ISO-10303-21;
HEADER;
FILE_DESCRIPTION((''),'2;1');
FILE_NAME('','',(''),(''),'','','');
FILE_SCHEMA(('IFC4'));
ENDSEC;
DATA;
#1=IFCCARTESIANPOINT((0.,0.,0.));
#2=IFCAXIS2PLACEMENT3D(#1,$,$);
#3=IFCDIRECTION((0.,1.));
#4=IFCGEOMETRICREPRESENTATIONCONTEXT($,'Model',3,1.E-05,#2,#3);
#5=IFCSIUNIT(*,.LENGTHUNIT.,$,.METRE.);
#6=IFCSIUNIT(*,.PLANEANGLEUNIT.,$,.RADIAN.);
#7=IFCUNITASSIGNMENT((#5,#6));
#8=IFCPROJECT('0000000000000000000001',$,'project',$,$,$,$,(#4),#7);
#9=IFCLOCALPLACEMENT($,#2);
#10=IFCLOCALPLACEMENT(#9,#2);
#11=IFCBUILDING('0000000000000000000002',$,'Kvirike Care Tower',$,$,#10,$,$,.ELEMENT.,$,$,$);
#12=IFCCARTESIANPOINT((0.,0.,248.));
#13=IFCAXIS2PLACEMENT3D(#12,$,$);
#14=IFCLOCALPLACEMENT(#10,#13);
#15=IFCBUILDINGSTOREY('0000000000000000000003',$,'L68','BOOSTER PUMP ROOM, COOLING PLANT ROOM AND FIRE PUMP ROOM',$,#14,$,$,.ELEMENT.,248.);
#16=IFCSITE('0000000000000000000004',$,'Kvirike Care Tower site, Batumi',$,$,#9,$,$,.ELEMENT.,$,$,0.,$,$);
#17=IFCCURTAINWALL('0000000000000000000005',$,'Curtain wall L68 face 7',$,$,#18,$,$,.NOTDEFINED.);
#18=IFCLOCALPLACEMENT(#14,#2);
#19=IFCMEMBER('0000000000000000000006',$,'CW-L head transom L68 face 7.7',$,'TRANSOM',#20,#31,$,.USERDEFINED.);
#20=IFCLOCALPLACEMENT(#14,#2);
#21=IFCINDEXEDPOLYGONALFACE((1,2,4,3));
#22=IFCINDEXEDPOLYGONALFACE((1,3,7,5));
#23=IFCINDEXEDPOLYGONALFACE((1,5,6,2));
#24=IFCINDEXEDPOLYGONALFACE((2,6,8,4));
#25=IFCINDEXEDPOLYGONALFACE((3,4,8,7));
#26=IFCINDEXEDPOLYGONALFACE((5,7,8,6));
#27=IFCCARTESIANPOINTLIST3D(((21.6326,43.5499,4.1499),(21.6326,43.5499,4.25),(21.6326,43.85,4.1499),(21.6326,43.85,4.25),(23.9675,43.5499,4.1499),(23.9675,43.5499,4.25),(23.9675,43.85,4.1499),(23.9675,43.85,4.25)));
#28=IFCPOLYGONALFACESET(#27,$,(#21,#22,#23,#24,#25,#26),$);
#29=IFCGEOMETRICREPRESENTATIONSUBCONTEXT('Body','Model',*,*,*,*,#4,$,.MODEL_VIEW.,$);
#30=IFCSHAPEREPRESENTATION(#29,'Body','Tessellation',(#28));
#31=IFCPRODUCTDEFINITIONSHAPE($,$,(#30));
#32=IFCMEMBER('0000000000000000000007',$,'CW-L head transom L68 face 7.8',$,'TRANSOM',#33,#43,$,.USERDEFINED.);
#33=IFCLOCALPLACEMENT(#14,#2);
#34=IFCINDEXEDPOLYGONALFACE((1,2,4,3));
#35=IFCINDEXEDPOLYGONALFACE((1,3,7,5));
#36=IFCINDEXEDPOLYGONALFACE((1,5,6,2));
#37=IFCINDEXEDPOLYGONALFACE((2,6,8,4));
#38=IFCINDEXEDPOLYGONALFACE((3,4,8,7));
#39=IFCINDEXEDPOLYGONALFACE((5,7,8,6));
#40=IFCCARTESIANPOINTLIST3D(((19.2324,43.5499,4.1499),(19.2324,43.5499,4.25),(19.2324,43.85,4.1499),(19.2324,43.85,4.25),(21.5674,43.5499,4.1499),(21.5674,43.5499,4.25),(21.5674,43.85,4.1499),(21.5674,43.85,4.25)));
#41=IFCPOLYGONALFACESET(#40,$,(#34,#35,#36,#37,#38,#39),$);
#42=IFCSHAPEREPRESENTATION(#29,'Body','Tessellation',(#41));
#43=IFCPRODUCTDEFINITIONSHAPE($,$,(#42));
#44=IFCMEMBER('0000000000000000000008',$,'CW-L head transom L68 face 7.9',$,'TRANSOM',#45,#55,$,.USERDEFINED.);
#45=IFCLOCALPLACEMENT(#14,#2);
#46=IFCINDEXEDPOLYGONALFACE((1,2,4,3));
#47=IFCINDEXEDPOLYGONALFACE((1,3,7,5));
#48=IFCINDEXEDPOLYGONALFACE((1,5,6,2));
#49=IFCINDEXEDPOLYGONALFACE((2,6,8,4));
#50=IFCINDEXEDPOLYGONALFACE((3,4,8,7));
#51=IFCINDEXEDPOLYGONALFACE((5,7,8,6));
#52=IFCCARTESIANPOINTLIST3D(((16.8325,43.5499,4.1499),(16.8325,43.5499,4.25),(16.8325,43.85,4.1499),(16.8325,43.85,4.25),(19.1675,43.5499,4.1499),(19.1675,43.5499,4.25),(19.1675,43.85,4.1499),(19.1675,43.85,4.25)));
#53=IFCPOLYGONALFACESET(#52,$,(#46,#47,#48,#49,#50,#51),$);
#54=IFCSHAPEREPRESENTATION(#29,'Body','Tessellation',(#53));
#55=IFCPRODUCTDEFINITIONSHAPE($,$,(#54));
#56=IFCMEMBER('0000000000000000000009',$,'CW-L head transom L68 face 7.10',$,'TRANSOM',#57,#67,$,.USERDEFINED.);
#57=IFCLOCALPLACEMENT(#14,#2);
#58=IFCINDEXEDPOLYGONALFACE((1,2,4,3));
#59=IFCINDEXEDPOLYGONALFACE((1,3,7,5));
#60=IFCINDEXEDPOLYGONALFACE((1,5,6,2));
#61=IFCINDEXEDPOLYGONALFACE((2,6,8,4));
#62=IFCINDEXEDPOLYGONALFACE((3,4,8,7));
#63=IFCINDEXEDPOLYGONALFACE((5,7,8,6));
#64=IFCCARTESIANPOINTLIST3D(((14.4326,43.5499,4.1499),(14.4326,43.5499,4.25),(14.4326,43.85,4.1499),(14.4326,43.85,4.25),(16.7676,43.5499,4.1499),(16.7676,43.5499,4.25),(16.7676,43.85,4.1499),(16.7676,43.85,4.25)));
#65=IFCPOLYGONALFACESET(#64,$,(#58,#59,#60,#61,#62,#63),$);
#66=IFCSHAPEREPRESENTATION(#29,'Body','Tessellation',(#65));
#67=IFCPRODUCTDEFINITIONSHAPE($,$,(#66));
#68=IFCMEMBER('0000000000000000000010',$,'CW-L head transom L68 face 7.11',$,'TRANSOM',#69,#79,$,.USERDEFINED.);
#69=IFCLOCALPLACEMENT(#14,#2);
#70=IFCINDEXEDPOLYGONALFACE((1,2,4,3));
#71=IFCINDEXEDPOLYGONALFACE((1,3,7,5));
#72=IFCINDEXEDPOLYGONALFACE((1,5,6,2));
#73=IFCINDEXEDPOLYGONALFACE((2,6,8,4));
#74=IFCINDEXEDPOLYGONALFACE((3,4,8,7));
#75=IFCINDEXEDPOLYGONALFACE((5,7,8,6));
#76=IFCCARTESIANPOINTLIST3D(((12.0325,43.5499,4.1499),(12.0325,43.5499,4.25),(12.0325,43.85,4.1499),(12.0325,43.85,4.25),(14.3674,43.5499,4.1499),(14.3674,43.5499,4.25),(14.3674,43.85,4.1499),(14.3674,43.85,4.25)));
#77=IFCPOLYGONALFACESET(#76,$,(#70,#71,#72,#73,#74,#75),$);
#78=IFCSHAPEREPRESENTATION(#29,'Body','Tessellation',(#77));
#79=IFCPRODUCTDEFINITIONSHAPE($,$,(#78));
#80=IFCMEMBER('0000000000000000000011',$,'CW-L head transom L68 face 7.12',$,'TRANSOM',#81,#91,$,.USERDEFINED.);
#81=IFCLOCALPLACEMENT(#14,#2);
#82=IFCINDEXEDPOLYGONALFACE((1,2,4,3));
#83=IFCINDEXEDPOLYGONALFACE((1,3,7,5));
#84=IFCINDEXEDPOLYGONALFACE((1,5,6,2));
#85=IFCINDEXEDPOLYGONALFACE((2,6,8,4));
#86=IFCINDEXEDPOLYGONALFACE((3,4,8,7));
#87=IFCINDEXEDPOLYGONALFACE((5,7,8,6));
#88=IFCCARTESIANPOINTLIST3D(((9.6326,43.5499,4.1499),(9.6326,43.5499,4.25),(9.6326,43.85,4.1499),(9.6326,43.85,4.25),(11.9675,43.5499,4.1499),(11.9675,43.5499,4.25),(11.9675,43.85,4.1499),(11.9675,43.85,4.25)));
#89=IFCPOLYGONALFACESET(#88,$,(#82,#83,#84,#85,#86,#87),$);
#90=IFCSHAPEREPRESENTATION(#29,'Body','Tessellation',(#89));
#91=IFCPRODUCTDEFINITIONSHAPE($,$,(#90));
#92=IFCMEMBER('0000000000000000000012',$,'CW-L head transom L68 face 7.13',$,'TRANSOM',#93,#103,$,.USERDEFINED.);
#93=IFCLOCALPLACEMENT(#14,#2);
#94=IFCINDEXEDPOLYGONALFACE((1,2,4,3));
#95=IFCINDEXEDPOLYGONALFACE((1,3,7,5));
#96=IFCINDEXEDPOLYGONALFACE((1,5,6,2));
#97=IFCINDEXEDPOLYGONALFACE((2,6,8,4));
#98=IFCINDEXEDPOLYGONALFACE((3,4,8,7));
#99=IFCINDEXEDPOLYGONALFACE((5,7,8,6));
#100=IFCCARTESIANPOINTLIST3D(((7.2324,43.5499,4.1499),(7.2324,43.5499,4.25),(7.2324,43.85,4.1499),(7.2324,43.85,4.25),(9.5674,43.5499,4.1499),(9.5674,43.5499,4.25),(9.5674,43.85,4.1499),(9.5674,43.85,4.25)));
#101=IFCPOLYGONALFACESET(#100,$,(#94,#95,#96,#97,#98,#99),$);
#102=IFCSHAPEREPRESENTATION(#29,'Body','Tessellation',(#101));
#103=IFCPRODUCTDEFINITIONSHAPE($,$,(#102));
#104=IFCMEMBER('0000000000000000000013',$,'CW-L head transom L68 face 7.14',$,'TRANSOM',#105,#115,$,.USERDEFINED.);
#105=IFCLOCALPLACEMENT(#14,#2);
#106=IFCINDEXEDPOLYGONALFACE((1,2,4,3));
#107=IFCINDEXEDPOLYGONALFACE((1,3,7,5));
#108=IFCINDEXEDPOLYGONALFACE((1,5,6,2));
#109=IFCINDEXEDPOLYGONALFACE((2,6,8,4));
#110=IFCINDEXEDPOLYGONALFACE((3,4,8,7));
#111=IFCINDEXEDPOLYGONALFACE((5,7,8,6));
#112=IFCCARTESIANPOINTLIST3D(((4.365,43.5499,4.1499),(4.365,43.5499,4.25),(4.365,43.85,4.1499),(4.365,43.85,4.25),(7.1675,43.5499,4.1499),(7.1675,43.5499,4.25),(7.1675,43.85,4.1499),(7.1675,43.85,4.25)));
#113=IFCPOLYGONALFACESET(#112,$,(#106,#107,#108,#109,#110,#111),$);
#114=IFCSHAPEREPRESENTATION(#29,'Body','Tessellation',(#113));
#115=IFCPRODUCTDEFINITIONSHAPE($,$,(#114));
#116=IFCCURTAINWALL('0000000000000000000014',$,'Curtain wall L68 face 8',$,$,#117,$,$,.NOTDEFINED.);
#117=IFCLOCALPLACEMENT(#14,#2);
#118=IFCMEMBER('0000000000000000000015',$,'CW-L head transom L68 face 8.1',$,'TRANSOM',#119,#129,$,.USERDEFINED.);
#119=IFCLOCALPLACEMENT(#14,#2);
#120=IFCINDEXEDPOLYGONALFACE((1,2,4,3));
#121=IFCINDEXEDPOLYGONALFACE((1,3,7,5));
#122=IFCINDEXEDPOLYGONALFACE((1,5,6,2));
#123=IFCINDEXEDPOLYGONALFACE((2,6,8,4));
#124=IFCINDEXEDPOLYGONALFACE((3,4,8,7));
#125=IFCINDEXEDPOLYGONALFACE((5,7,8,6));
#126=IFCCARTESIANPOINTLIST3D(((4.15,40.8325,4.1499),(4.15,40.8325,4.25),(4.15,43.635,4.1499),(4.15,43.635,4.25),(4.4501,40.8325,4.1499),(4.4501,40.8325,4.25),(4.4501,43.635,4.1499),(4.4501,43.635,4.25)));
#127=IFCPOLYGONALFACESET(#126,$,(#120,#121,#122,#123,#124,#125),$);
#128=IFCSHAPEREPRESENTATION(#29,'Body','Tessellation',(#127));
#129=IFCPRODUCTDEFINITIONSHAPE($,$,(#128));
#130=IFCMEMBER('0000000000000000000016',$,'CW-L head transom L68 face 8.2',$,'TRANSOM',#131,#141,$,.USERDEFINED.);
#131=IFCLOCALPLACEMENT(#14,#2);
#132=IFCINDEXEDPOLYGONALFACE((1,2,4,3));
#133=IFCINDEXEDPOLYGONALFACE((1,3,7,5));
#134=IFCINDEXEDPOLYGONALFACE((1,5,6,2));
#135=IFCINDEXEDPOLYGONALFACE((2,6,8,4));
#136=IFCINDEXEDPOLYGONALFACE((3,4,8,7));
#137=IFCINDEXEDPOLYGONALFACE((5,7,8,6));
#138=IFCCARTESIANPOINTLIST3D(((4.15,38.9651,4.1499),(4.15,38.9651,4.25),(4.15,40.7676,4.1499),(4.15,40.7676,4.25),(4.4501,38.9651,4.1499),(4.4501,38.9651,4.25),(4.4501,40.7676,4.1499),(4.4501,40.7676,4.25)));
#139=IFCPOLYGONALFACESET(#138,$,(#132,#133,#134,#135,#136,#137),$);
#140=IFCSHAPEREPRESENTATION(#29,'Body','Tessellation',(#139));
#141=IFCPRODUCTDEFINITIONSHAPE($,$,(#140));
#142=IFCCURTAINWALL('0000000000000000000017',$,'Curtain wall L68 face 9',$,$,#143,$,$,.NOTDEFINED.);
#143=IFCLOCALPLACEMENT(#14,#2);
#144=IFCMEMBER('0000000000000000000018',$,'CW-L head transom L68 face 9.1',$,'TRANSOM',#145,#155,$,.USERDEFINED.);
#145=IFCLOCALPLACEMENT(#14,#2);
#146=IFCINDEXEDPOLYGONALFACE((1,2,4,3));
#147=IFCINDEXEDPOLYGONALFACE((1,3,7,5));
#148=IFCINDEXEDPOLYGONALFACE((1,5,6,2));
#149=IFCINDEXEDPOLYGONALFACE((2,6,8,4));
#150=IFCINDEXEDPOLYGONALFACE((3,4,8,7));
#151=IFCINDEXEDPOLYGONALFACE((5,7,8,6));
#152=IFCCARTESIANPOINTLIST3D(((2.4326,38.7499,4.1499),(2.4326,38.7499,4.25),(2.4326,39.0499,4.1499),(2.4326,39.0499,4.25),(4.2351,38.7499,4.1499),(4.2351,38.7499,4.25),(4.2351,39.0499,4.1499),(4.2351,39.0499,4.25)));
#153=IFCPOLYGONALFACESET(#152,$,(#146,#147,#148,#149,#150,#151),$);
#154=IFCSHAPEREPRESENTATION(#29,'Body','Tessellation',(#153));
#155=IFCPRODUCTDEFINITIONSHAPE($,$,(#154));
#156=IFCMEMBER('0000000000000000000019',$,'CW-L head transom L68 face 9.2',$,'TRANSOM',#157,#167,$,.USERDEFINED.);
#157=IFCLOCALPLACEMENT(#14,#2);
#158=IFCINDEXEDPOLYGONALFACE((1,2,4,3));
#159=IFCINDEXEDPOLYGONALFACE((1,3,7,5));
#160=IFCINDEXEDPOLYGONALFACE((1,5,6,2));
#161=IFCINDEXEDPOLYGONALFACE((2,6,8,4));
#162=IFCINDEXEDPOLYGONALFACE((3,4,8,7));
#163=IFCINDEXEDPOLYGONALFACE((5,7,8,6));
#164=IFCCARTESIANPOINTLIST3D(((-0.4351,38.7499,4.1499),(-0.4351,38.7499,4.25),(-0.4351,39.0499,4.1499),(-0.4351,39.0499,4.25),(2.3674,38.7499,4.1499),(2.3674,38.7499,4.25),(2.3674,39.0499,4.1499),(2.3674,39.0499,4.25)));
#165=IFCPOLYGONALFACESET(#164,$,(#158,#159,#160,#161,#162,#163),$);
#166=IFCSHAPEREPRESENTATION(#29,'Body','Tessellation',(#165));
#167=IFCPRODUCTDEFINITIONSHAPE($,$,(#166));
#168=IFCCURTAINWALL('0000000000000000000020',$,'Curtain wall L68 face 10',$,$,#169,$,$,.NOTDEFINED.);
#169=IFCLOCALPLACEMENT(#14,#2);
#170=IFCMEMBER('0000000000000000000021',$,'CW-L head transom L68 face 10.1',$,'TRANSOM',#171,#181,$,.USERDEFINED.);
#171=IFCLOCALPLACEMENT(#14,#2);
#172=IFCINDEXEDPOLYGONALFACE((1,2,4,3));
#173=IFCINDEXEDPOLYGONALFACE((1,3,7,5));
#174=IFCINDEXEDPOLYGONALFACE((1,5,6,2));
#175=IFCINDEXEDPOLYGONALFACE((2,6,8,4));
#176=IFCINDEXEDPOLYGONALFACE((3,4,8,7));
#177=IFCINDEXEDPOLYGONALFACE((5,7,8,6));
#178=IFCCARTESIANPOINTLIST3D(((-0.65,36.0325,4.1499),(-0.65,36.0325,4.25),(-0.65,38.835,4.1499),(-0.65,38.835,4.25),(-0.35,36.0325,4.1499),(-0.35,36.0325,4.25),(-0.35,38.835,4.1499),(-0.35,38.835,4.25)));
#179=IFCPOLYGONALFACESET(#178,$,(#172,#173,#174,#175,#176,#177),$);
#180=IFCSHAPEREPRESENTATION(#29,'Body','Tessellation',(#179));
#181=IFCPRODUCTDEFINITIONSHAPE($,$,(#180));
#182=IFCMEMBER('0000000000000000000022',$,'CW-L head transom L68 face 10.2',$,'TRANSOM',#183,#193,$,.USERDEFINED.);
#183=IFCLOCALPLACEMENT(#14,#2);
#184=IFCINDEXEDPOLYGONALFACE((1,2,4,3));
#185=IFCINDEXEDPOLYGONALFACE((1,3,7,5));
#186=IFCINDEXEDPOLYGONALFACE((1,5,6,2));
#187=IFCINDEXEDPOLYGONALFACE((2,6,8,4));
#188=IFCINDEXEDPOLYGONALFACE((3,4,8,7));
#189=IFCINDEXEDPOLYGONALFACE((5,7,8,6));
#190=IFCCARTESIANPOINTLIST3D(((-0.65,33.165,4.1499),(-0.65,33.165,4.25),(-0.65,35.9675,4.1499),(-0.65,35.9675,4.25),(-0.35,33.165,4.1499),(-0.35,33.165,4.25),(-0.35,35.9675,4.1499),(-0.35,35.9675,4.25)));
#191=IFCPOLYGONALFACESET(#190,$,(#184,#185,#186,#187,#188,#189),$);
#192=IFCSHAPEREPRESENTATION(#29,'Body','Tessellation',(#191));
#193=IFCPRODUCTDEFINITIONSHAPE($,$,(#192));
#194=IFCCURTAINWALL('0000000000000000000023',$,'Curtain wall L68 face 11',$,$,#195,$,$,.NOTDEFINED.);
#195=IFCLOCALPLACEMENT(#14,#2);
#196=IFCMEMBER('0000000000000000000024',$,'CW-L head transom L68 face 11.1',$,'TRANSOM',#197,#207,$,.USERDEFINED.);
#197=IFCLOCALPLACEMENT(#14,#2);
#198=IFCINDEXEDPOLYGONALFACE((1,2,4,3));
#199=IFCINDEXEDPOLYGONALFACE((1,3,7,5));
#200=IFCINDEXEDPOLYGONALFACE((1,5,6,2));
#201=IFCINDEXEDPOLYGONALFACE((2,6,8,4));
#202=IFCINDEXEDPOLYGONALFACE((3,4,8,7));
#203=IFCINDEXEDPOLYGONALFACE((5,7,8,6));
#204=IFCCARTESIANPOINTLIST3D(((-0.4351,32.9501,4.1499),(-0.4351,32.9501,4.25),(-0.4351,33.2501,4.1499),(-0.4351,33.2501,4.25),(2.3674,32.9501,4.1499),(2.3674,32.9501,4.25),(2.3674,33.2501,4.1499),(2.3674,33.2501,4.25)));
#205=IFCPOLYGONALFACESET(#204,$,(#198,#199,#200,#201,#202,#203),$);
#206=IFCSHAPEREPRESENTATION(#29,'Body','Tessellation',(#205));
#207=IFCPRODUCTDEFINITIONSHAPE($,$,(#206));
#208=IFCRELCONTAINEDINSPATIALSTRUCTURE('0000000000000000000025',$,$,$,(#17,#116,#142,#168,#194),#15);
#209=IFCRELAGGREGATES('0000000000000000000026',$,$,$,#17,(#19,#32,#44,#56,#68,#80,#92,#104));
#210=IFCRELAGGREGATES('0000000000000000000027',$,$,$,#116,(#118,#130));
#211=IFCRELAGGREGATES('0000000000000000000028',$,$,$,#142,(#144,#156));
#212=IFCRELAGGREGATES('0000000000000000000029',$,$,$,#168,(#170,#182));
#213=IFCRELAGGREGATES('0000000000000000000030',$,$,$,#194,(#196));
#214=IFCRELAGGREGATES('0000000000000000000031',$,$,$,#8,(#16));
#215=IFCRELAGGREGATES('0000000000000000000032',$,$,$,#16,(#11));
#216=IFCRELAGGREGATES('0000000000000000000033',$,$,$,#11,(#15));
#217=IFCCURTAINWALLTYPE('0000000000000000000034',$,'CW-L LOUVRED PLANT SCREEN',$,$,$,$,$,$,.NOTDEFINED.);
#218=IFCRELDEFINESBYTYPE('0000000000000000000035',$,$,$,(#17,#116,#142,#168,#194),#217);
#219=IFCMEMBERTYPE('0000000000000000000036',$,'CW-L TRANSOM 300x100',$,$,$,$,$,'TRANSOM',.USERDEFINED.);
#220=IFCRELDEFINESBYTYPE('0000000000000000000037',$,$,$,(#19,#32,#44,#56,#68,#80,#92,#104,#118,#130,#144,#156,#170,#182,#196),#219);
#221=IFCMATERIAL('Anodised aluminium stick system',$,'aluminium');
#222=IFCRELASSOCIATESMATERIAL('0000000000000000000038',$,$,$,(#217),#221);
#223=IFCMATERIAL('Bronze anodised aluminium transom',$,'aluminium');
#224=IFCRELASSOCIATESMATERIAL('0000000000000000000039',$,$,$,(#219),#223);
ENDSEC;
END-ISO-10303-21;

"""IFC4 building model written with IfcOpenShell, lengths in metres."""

from ifc_helpers import new_model, si_unit, direction, frame, origin, origin_2d, place, context, subcontext, project, spatial, rectangle, extrude, material, material_profile, profile_set, type_object, element, aggregate, save


model = new_model("IFC4")

# Units and contexts
model_context = context("Model", 3, precision=1e-05, world=origin(), true_north=direction((0.0, 1.0)))
body_context = subcontext(model_context, "Body", "Model", "MODEL_VIEW")
ifc_project = project(units=[si_unit("LENGTHUNIT", "METRE"), si_unit("PLANEANGLEUNIT", "RADIAN")], contexts=[model_context])

# Site, building, storey
site_placement = place(None, origin())
site = spatial("IfcSite", under=ifc_project, at=site_placement, Name="Kvirike Care Tower site, Batumi", CompositionType="ELEMENT", RefElevation=0.0)
building_placement = place(site_placement, origin())
building = spatial("IfcBuilding", under=site, at=building_placement, Name="Kvirike Care Tower", CompositionType="ELEMENT")
storey_placement = place(building_placement, frame((0.0, 0.0, 248.0)))
storey = spatial("IfcBuildingStorey", under=building, at=storey_placement, Name="L68", Description="BOOSTER PUMP ROOM, COOLING PLANT ROOM AND FIRE PUMP ROOM", CompositionType="ELEMENT", Elevation=248.0)

# Curtain walls, members
ifc_material_1 = material(Name="Anodised aluminium stick system", Category="aluminium")
curtain_wall_type = type_object("IfcCurtainWallType", Name="CW-L LOUVRED PLANT SCREEN", PredefinedType="NOTDEFINED", material=ifc_material_1)
curtain_wall_1_placement = place(storey_placement, origin())
curtain_wall_1 = element("IfcCurtainWall", 1, at=curtain_wall_1_placement, inside=storey, type_object=curtain_wall_type, Name="Curtain wall L68 face 7", PredefinedType="NOTDEFINED")
ifc_material_2 = material(Name="Bronze anodised aluminium transom", Category="aluminium")
ifc_material_profile_1 = material_profile(ifc_material_2, rectangle(XDim=0.3, YDim=0.1001, at=origin_2d()), Name="CW-L TRANSOM 300x100")
ifc_profile_set_1 = profile_set([ifc_material_profile_1], Name="Bronze anodised aluminium transom")
member_type = type_object("IfcMemberType", Name="CW-L TRANSOM 300x100", ElementType="TRANSOM", PredefinedType="USERDEFINED", material=ifc_profile_set_1)
member_1_placement = place(storey_placement, frame((23.9675, 43.7, 4.2), z_axis=(-1.0, 0.0, 0.0), x_axis=(0.0, -1.0, 0.0)))
member_1 = element("IfcMember", 2, at=member_1_placement, type_object=member_type, Name="CW-L head transom L68 face 7.7", ObjectType="TRANSOM", PredefinedType="USERDEFINED", context=body_context, shape_type="SweptSolid", body=[
    extrude(rectangle(XDim=0.3, YDim=0.1001, at=origin_2d()), origin(), (0.0, 0.0, 1.0), 2.335),
])
member_2_placement = place(storey_placement, frame((21.5674, 43.7, 4.2), z_axis=(-1.0, 0.0, 0.0), x_axis=(0.0, -1.0, 0.0)))
member_2 = element("IfcMember", 3, at=member_2_placement, type_object=member_type, Name="CW-L head transom L68 face 7.8", ObjectType="TRANSOM", PredefinedType="USERDEFINED", context=body_context, shape_type="SweptSolid", body=[
    extrude(rectangle(XDim=0.3, YDim=0.1001, at=origin_2d()), origin(), (0.0, 0.0, 1.0), 2.335),
])
member_3_placement = place(storey_placement, frame((19.1675, 43.7, 4.2), z_axis=(-1.0, 0.0, 0.0), x_axis=(0.0, -1.0, 0.0)))
member_3 = element("IfcMember", 4, at=member_3_placement, type_object=member_type, Name="CW-L head transom L68 face 7.9", ObjectType="TRANSOM", PredefinedType="USERDEFINED", context=body_context, shape_type="SweptSolid", body=[
    extrude(rectangle(XDim=0.3, YDim=0.1001, at=origin_2d()), origin(), (0.0, 0.0, 1.0), 2.335),
])
member_4_placement = place(storey_placement, frame((16.7676, 43.7, 4.2), z_axis=(-1.0, 0.0, 0.0), x_axis=(0.0, -1.0, 0.0)))
member_4 = element("IfcMember", 5, at=member_4_placement, type_object=member_type, Name="CW-L head transom L68 face 7.10", ObjectType="TRANSOM", PredefinedType="USERDEFINED", context=body_context, shape_type="SweptSolid", body=[
    extrude(rectangle(XDim=0.3, YDim=0.1001, at=origin_2d()), origin(), (0.0, 0.0, 1.0), 2.335),
])
member_5_placement = place(storey_placement, frame((14.3674, 43.7, 4.2), z_axis=(-1.0, 0.0, 0.0), x_axis=(0.0, -1.0, 0.0)))
member_5 = element("IfcMember", 6, at=member_5_placement, type_object=member_type, Name="CW-L head transom L68 face 7.11", ObjectType="TRANSOM", PredefinedType="USERDEFINED", context=body_context, shape_type="SweptSolid", body=[
    extrude(rectangle(XDim=0.3, YDim=0.1001, at=origin_2d()), origin(), (0.0, 0.0, 1.0), 2.335),
])
member_6_placement = place(storey_placement, frame((11.9675, 43.7, 4.2), z_axis=(-1.0, 0.0, 0.0), x_axis=(0.0, -1.0, 0.0)))
member_6 = element("IfcMember", 7, at=member_6_placement, type_object=member_type, Name="CW-L head transom L68 face 7.12", ObjectType="TRANSOM", PredefinedType="USERDEFINED", context=body_context, shape_type="SweptSolid", body=[
    extrude(rectangle(XDim=0.3, YDim=0.1001, at=origin_2d()), origin(), (0.0, 0.0, 1.0), 2.335),
])
member_7_placement = place(storey_placement, frame((9.5674, 43.7, 4.2), z_axis=(-1.0, 0.0, 0.0), x_axis=(0.0, -1.0, 0.0)))
member_7 = element("IfcMember", 8, at=member_7_placement, type_object=member_type, Name="CW-L head transom L68 face 7.13", ObjectType="TRANSOM", PredefinedType="USERDEFINED", context=body_context, shape_type="SweptSolid", body=[
    extrude(rectangle(XDim=0.3, YDim=0.1001, at=origin_2d()), origin(), (0.0, 0.0, 1.0), 2.335),
])
member_8_placement = place(storey_placement, frame((7.1675, 43.7, 4.2), z_axis=(-1.0, 0.0, 0.0), x_axis=(0.0, -1.0, 0.0)))
member_8 = element("IfcMember", 9, at=member_8_placement, type_object=member_type, Name="CW-L head transom L68 face 7.14", ObjectType="TRANSOM", PredefinedType="USERDEFINED", context=body_context, shape_type="SweptSolid", body=[
    extrude(rectangle(XDim=0.3, YDim=0.1001, at=origin_2d()), origin(), (0.0, 0.0, 1.0), 2.8025),
])
aggregate(curtain_wall_1, [member_1, member_2, member_3, member_4, member_5, member_6, member_7, member_8])
curtain_wall_2_placement = place(storey_placement, origin())
curtain_wall_2 = element("IfcCurtainWall", 10, at=curtain_wall_2_placement, inside=storey, type_object=curtain_wall_type, Name="Curtain wall L68 face 8", PredefinedType="NOTDEFINED")
member_9_placement = place(storey_placement, frame((4.3, 43.635, 4.2), z_axis=(0.0, -1.0, 0.0), x_axis=(1.0, 0.0, 0.0)))
member_9 = element("IfcMember", 11, at=member_9_placement, type_object=member_type, Name="CW-L head transom L68 face 8.1", ObjectType="TRANSOM", PredefinedType="USERDEFINED", context=body_context, shape_type="SweptSolid", body=[
    extrude(rectangle(XDim=0.3, YDim=0.1001, at=origin_2d()), origin(), (0.0, 0.0, 1.0), 2.8025),
])
member_10_placement = place(storey_placement, frame((4.3, 40.7676, 4.2), z_axis=(0.0, -1.0, 0.0), x_axis=(1.0, 0.0, 0.0)))
member_10 = element("IfcMember", 12, at=member_10_placement, type_object=member_type, Name="CW-L head transom L68 face 8.2", ObjectType="TRANSOM", PredefinedType="USERDEFINED", context=body_context, shape_type="SweptSolid", body=[
    extrude(rectangle(XDim=0.3, YDim=0.1001, at=origin_2d()), origin(), (0.0, 0.0, 1.0), 1.8025),
])
aggregate(curtain_wall_2, [member_9, member_10])
curtain_wall_3_placement = place(storey_placement, origin())
curtain_wall_3 = element("IfcCurtainWall", 13, at=curtain_wall_3_placement, inside=storey, type_object=curtain_wall_type, Name="Curtain wall L68 face 9", PredefinedType="NOTDEFINED")
member_11_placement = place(storey_placement, frame((4.2351, 38.8999, 4.2), z_axis=(-1.0, 0.0, 0.0), x_axis=(0.0, -1.0, 0.0)))
member_11 = element("IfcMember", 14, at=member_11_placement, type_object=member_type, Name="CW-L head transom L68 face 9.1", ObjectType="TRANSOM", PredefinedType="USERDEFINED", context=body_context, shape_type="SweptSolid", body=[
    extrude(rectangle(XDim=0.3, YDim=0.1001, at=origin_2d()), origin(), (0.0, 0.0, 1.0), 1.8025),
])
member_12_placement = place(storey_placement, frame((2.3674, 38.8999, 4.2), z_axis=(-1.0, 0.0, 0.0), x_axis=(0.0, -1.0, 0.0)))
member_12 = element("IfcMember", 15, at=member_12_placement, type_object=member_type, Name="CW-L head transom L68 face 9.2", ObjectType="TRANSOM", PredefinedType="USERDEFINED", context=body_context, shape_type="SweptSolid", body=[
    extrude(rectangle(XDim=0.3, YDim=0.1001, at=origin_2d()), origin(), (0.0, 0.0, 1.0), 2.8025),
])
aggregate(curtain_wall_3, [member_11, member_12])
curtain_wall_4_placement = place(storey_placement, origin())
curtain_wall_4 = element("IfcCurtainWall", 16, at=curtain_wall_4_placement, inside=storey, type_object=curtain_wall_type, Name="Curtain wall L68 face 10", PredefinedType="NOTDEFINED")
member_13_placement = place(storey_placement, frame((-0.5, 38.835, 4.2), z_axis=(0.0, -1.0, 0.0), x_axis=(1.0, 0.0, 0.0)))
member_13 = element("IfcMember", 17, at=member_13_placement, type_object=member_type, Name="CW-L head transom L68 face 10.1", ObjectType="TRANSOM", PredefinedType="USERDEFINED", context=body_context, shape_type="SweptSolid", body=[
    extrude(rectangle(XDim=0.3, YDim=0.1001, at=origin_2d()), origin(), (0.0, 0.0, 1.0), 2.8025),
])
member_14_placement = place(storey_placement, frame((-0.5, 35.9675, 4.2), z_axis=(0.0, -1.0, 0.0), x_axis=(1.0, 0.0, 0.0)))
member_14 = element("IfcMember", 18, at=member_14_placement, type_object=member_type, Name="CW-L head transom L68 face 10.2", ObjectType="TRANSOM", PredefinedType="USERDEFINED", context=body_context, shape_type="SweptSolid", body=[
    extrude(rectangle(XDim=0.3, YDim=0.1001, at=origin_2d()), origin(), (0.0, 0.0, 1.0), 2.8025),
])
aggregate(curtain_wall_4, [member_13, member_14])
curtain_wall_5_placement = place(storey_placement, origin())
curtain_wall_5 = element("IfcCurtainWall", 19, at=curtain_wall_5_placement, inside=storey, type_object=curtain_wall_type, Name="Curtain wall L68 face 11", PredefinedType="NOTDEFINED")
member_15_placement = place(storey_placement, frame((-0.4351, 33.1001, 4.2), z_axis=(1.0, 0.0, 0.0), x_axis=(0.0, 1.0, 0.0)))
member_15 = element("IfcMember", 20, at=member_15_placement, type_object=member_type, Name="CW-L head transom L68 face 11.1", ObjectType="TRANSOM", PredefinedType="USERDEFINED", context=body_context, shape_type="SweptSolid", body=[
    extrude(rectangle(XDim=0.3, YDim=0.1001, at=origin_2d()), origin(), (0.0, 0.0, 1.0), 2.8025),
])
aggregate(curtain_wall_5, [member_15])

save(model, "model.ifc")
